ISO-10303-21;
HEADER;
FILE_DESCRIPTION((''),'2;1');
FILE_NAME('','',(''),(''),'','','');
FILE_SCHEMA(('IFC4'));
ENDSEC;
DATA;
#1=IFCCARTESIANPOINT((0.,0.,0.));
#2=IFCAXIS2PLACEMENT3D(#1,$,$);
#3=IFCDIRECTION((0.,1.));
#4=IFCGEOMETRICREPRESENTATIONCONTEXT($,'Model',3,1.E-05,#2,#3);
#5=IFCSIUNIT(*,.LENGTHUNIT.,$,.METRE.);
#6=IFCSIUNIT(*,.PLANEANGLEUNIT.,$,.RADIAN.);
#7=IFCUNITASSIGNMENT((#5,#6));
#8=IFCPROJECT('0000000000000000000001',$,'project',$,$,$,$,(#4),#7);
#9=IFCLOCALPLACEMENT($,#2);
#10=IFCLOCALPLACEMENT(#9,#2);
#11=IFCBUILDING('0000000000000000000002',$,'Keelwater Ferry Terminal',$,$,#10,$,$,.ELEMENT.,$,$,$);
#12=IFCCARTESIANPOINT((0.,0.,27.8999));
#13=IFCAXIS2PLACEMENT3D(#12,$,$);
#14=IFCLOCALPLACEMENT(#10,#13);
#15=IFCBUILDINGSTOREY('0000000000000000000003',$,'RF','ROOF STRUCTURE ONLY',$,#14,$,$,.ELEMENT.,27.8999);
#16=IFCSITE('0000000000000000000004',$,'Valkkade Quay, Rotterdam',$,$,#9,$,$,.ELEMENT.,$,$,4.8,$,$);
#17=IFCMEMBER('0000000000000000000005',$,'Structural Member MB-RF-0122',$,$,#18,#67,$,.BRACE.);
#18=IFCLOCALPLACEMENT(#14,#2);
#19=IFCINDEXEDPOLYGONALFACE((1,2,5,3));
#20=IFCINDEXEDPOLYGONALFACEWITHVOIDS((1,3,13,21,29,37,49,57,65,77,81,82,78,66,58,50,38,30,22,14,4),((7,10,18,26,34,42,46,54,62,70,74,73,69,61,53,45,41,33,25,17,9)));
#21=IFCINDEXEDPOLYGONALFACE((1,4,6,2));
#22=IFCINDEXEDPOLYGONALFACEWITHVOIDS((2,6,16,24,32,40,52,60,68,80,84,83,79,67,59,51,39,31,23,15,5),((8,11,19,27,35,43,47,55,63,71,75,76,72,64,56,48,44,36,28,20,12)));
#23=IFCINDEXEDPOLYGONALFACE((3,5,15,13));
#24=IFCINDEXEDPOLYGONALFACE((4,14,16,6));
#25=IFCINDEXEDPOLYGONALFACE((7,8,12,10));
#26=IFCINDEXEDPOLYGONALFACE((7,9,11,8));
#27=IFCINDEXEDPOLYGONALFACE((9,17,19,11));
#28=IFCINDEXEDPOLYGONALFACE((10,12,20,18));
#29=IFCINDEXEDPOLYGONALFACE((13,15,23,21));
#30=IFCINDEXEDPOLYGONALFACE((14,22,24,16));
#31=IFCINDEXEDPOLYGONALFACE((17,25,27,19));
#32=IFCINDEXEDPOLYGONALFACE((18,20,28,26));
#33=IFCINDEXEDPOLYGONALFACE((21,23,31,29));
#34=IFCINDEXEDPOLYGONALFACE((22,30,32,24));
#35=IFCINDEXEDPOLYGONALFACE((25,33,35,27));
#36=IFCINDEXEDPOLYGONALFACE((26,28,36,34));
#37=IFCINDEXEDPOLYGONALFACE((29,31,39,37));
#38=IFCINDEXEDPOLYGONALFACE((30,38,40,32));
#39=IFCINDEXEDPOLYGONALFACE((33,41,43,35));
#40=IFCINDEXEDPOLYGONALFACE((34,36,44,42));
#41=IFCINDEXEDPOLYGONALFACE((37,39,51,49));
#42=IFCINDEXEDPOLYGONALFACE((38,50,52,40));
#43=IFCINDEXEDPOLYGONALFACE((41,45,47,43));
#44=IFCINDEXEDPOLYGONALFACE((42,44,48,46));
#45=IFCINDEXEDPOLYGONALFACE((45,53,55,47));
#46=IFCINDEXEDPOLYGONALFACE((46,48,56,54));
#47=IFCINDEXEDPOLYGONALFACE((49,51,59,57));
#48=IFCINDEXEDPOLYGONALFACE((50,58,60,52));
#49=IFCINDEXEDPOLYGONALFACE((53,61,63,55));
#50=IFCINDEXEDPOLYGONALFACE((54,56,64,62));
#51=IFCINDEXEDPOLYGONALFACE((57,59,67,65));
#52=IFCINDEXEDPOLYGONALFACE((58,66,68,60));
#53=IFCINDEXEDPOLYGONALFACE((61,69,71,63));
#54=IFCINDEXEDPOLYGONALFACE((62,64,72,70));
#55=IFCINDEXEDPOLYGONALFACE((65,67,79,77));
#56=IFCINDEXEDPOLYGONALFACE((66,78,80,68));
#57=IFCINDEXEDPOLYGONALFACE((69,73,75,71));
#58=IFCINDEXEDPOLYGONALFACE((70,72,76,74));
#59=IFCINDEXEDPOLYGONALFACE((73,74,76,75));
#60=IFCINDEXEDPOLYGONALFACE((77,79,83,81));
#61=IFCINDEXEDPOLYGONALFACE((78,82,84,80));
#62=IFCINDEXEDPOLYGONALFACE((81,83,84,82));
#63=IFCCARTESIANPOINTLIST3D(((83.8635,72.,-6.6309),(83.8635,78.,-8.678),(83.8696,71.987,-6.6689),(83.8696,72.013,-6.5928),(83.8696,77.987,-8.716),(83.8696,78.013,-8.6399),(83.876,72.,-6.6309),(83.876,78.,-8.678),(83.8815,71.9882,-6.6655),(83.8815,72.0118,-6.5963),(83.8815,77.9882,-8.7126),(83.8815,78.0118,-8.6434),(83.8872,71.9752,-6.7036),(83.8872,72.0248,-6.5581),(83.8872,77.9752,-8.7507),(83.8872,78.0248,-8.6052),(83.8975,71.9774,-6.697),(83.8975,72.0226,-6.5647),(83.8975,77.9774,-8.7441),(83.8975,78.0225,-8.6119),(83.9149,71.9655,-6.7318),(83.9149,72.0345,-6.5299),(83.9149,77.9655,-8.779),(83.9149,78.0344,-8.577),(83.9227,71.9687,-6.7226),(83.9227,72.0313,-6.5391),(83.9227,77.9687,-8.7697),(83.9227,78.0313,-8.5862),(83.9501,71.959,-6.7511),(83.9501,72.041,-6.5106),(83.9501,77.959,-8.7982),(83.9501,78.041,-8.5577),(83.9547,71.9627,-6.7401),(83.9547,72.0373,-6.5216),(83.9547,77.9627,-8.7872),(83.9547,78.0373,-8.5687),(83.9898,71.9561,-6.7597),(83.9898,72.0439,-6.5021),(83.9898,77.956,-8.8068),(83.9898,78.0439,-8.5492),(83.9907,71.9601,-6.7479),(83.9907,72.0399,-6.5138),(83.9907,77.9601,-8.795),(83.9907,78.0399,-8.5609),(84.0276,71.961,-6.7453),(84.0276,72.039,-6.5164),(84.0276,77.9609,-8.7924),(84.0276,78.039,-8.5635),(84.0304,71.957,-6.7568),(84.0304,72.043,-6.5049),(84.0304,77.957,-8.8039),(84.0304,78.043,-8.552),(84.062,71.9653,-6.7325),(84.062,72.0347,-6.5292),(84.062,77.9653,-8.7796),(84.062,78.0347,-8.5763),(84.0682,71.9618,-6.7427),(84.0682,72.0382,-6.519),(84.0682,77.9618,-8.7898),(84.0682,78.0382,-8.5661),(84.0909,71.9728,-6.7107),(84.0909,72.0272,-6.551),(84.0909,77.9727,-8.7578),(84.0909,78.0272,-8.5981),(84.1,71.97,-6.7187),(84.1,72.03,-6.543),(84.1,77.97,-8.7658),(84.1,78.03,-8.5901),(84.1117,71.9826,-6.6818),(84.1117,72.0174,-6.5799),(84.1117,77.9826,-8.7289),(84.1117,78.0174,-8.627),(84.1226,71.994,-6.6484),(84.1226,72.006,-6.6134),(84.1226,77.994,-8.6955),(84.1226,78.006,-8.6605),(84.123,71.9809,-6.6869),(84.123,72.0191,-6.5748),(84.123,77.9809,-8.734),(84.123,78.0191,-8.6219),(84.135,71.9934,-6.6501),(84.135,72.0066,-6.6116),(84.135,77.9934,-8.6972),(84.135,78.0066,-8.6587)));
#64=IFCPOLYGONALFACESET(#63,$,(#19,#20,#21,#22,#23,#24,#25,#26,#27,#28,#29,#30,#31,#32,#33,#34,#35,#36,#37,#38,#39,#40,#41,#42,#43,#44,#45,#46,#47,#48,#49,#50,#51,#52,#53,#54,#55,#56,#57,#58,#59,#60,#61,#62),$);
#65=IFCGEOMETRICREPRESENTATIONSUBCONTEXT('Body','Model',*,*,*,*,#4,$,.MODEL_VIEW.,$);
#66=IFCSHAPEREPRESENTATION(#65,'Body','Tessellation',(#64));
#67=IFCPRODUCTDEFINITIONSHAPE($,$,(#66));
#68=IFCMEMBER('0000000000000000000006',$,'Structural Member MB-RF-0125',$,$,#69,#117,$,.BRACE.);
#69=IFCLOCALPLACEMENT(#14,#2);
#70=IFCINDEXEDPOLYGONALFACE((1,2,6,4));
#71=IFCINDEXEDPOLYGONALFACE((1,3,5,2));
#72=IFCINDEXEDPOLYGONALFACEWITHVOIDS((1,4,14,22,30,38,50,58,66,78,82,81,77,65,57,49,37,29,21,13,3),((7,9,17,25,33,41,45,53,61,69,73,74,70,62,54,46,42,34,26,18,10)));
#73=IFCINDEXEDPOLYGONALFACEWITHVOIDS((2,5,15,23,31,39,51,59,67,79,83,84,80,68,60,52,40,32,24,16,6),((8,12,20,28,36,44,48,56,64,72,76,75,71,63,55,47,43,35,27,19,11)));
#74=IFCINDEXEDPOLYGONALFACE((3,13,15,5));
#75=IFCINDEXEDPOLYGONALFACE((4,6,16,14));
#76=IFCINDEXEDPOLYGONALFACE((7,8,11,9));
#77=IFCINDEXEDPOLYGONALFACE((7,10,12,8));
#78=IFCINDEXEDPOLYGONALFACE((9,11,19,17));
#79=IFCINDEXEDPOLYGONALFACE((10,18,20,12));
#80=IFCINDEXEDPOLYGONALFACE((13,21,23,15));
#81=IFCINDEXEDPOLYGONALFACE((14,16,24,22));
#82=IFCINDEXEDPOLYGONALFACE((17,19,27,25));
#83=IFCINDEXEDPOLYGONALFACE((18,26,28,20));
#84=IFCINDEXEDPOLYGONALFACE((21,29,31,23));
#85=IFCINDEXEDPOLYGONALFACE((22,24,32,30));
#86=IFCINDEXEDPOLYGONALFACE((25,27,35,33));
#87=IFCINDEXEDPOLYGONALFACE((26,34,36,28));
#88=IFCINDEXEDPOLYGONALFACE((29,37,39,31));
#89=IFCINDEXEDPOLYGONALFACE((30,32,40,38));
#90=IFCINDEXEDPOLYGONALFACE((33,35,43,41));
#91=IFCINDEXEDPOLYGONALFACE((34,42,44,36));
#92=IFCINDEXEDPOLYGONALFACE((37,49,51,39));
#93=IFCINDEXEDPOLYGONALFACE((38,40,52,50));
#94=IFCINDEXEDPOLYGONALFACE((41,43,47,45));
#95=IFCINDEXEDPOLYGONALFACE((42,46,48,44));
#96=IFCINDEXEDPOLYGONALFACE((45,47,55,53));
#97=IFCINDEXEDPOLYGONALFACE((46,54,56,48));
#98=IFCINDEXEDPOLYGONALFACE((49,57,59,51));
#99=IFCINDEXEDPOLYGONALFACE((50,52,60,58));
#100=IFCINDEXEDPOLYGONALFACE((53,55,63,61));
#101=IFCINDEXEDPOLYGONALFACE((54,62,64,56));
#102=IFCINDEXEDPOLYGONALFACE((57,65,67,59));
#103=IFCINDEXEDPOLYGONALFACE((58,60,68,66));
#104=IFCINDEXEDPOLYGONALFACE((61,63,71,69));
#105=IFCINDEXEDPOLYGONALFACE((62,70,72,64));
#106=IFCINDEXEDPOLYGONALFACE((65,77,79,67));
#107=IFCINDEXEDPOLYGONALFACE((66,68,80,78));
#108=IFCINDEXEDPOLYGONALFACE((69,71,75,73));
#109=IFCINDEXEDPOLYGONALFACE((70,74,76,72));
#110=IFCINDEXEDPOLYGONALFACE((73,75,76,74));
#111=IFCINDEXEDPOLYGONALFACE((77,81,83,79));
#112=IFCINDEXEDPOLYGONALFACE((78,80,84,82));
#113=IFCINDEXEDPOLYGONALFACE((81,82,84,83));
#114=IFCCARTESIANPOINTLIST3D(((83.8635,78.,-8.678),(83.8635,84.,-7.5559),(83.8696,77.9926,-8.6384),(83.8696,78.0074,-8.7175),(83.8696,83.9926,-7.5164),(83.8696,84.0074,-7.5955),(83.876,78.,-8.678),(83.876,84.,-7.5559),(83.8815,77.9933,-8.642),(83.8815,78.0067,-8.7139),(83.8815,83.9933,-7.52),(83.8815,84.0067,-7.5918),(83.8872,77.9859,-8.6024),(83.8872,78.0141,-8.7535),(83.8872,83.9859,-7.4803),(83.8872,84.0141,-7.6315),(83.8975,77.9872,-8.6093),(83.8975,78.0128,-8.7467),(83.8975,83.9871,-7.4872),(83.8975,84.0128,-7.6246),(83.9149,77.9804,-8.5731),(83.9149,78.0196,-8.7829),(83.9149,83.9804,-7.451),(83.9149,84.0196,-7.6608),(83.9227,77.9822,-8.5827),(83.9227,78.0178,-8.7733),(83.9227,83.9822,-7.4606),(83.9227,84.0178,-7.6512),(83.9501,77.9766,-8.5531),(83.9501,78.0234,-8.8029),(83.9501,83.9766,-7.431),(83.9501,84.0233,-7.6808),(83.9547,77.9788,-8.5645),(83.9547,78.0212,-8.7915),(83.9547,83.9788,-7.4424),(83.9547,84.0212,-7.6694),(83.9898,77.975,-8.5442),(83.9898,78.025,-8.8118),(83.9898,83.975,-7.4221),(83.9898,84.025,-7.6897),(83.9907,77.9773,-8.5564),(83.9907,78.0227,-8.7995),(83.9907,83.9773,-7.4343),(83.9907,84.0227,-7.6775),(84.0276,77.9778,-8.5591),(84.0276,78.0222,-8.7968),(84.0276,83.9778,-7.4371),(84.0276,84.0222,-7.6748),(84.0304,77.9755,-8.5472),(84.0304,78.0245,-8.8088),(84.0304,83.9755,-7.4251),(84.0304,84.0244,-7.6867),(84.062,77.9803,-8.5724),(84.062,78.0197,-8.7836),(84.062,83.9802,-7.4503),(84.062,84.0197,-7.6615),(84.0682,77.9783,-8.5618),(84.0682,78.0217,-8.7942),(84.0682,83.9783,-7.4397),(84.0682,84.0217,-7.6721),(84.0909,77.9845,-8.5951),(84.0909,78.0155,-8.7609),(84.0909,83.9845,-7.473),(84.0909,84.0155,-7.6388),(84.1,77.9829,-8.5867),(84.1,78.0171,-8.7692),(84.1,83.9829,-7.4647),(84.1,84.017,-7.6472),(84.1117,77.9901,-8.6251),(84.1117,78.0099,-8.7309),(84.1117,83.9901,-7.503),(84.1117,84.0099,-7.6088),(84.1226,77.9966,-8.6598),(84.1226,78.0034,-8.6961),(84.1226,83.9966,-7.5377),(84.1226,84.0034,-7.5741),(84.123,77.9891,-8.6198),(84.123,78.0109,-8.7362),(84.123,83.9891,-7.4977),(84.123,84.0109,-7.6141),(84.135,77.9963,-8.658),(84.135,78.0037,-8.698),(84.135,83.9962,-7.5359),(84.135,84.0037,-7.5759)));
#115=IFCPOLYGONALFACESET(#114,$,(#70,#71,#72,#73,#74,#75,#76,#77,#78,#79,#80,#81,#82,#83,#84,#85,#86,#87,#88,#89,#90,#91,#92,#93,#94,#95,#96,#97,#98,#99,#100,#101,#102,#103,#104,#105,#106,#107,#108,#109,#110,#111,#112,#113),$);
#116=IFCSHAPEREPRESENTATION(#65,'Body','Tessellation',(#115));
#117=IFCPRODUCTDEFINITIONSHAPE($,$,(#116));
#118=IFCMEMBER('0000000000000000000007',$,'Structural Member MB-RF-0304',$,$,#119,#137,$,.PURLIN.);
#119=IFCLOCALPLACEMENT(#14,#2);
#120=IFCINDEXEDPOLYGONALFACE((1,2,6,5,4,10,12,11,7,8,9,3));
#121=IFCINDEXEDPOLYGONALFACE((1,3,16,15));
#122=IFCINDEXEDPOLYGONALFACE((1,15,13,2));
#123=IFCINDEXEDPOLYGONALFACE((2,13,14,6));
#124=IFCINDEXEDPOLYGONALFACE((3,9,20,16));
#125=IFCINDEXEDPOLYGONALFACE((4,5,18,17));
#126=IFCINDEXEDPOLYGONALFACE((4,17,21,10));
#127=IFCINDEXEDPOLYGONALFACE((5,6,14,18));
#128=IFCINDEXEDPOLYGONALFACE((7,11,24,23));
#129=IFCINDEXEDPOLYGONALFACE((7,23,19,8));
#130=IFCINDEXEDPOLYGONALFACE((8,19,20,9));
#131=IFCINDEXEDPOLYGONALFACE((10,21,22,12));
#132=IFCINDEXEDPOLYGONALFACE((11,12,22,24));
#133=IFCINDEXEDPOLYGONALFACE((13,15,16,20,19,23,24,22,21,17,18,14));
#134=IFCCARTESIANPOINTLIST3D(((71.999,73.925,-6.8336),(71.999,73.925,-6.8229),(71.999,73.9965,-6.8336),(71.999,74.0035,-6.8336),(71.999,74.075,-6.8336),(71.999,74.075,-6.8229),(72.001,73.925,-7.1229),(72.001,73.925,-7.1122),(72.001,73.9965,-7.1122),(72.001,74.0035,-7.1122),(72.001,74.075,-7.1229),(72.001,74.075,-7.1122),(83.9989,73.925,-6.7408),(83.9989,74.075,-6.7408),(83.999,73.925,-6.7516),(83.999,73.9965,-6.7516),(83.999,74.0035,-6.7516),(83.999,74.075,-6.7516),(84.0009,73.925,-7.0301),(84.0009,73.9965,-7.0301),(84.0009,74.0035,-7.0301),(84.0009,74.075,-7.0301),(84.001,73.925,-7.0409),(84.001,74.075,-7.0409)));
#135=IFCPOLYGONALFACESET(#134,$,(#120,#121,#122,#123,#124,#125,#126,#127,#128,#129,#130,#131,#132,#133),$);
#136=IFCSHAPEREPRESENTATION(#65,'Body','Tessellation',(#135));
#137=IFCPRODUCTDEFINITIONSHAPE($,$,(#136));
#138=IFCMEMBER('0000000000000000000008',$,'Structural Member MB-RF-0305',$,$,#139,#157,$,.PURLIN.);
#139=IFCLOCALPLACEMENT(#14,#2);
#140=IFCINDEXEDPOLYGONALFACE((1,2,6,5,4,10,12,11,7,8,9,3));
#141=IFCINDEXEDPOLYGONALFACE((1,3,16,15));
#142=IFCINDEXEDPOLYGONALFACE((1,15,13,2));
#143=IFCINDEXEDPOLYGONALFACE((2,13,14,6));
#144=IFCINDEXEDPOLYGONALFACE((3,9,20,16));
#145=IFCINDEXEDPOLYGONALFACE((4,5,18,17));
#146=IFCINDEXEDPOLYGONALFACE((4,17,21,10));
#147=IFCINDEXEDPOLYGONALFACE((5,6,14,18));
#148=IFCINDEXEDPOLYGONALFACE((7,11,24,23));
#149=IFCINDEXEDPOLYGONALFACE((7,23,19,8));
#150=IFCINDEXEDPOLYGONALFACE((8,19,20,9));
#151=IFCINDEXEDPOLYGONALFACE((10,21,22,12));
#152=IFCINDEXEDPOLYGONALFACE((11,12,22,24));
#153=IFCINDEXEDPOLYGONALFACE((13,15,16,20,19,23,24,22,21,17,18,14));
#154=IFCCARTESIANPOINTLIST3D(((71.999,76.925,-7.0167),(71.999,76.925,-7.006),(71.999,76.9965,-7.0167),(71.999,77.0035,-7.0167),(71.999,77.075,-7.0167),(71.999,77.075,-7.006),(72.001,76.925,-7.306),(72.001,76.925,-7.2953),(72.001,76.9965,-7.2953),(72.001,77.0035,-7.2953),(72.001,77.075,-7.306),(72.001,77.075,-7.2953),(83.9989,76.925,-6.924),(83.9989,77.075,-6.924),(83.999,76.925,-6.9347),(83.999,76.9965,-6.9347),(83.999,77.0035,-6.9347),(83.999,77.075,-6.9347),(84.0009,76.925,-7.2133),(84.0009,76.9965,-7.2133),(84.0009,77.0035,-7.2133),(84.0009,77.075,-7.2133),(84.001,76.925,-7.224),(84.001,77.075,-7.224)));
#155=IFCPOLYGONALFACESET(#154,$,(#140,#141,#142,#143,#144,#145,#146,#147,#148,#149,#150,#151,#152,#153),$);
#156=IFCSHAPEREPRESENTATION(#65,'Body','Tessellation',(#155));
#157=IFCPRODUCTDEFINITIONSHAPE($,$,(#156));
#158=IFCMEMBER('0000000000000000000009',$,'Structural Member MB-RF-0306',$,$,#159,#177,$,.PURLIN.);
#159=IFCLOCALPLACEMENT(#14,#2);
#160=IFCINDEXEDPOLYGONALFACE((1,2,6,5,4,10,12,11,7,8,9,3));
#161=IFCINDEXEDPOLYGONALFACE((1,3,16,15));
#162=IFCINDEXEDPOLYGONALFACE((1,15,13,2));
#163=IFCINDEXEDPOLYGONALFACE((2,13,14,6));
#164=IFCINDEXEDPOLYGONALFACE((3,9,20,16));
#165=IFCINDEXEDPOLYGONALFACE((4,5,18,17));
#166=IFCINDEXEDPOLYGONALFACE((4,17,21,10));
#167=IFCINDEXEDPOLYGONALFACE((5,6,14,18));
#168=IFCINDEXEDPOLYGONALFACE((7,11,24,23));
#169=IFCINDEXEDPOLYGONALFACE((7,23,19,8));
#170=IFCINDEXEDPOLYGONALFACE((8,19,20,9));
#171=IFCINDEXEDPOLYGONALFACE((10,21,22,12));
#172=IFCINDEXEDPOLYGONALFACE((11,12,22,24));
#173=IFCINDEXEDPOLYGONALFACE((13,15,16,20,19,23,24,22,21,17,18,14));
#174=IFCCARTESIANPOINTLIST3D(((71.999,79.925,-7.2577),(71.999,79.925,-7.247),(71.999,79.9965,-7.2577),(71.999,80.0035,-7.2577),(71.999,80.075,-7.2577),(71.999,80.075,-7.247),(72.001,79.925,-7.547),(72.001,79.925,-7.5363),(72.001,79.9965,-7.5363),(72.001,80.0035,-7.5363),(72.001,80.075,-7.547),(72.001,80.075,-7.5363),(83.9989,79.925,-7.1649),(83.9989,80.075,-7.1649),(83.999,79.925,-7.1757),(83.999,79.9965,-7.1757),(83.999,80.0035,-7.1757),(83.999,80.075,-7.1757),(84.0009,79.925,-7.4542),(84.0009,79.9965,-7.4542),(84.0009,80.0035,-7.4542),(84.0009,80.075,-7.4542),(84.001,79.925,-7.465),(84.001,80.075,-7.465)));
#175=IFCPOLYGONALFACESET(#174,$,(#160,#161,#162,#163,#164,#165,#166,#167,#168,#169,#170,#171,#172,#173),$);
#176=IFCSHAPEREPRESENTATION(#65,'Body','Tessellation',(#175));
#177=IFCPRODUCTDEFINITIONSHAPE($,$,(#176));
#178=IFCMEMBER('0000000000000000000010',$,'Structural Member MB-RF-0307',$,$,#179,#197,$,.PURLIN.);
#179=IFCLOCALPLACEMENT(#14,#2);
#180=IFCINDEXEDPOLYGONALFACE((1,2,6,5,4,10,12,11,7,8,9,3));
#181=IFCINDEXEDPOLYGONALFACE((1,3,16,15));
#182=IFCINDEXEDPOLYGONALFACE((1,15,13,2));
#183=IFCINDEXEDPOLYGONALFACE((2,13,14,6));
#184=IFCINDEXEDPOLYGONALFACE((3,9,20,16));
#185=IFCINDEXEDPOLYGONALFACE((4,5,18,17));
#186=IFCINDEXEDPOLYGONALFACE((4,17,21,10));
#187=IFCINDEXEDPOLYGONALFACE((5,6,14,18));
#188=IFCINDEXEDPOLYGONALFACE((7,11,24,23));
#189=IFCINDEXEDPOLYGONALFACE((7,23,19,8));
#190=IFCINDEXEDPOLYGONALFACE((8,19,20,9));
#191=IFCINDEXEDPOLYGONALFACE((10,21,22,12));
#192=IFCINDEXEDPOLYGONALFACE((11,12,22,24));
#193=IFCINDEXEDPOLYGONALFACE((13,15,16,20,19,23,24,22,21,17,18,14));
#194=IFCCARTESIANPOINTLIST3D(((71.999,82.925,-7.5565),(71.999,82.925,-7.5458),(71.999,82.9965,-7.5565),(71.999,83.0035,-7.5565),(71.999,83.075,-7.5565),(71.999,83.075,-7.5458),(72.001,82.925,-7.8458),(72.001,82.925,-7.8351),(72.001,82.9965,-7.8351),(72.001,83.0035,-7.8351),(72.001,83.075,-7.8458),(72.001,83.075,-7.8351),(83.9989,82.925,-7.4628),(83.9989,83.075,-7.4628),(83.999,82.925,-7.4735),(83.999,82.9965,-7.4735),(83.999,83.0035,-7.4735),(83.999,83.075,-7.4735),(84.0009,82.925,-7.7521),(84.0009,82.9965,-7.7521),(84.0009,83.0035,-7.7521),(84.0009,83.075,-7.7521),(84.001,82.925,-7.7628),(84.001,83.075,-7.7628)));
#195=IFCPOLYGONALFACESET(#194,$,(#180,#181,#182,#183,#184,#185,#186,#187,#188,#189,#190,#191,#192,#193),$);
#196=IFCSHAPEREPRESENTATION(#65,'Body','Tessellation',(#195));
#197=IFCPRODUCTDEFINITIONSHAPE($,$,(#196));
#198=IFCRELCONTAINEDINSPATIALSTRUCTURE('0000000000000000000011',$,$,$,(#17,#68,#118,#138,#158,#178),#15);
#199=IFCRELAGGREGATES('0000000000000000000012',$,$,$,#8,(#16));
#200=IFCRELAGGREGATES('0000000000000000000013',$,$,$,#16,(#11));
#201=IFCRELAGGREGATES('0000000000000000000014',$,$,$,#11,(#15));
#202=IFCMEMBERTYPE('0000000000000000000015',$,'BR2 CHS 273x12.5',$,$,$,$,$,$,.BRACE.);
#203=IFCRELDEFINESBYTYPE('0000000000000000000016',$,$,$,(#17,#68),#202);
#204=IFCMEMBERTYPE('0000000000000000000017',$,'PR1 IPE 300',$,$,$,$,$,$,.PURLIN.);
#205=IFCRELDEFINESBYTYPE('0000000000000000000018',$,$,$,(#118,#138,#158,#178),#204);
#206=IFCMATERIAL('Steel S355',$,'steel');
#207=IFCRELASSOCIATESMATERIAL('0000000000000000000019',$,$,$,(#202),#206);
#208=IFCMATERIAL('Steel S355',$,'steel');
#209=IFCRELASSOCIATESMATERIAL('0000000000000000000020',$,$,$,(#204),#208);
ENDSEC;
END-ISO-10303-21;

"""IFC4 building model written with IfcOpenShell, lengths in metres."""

from ifc_helpers import new_model, si_unit, direction, frame, origin, origin_2d, place, context, subcontext, project, spatial, hollow_circle, i_section, extrude, material, material_profile, profile_set, type_object, element, save


model = new_model("IFC4")

# Units and contexts
model_context = context("Model", 3, precision=1e-05, world=origin(), true_north=direction((0.0, 1.0)))
body_context = subcontext(model_context, "Body", "Model", "MODEL_VIEW")
ifc_project = project(units=[si_unit("LENGTHUNIT", "METRE"), si_unit("PLANEANGLEUNIT", "RADIAN")], contexts=[model_context])

# Site, building, storey
site_placement = place(None, origin())
site = spatial("IfcSite", under=ifc_project, at=site_placement, Name="Valkkade Quay, Rotterdam", CompositionType="ELEMENT", RefElevation=4.8)
building_placement = place(site_placement, origin())
building = spatial("IfcBuilding", under=site, at=building_placement, Name="Keelwater Ferry Terminal", CompositionType="ELEMENT")
storey_placement = place(building_placement, frame((0.0, 0.0, 27.8999)))
storey = spatial("IfcBuildingStorey", under=building, at=storey_placement, Name="RF", Description="ROOF STRUCTURE ONLY", CompositionType="ELEMENT", Elevation=27.8999)

# Members
ifc_material_1 = material(Name="Steel S355", Category="steel")
ifc_material_profile_1 = material_profile(ifc_material_1, hollow_circle(Radius=0.1365, WallThickness=0.0125, at=origin_2d()), Name="CHS 273x12.5")
ifc_profile_set_1 = profile_set([ifc_material_profile_1], Name="Steel S355")
member_type_1 = type_object("IfcMemberType", Name="BR2 CHS 273x12.5", PredefinedType="BRACE", material=ifc_profile_set_1)
member_1_placement = place(storey_placement, frame((84.0, 72.0, -6.6309), z_axis=(0.0, 0.94643, -0.322909), x_axis=(-1.0, 0.0, 0.0)))
element("IfcMember", 1, at=member_1_placement, inside=storey, type_object=member_type_1, Name="Structural Member MB-RF-0122", PredefinedType="BRACE", context=body_context, shape_type="SweptSolid", body=[
    extrude(hollow_circle(Radius=0.1365, WallThickness=0.0125, at=origin_2d()), origin(), (0.0, 0.0, 1.0), 6.3396),
])
member_2_placement = place(storey_placement, frame((84.0, 78.0, -8.678), z_axis=(0.0, 0.982959, 0.183825), x_axis=(-1.0, 0.0, 0.0)))
element("IfcMember", 2, at=member_2_placement, inside=storey, type_object=member_type_1, Name="Structural Member MB-RF-0125", PredefinedType="BRACE", context=body_context, shape_type="SweptSolid", body=[
    extrude(hollow_circle(Radius=0.1365, WallThickness=0.0125, at=origin_2d()), origin(), (0.0, 0.0, 1.0), 6.104),
])
ifc_material_2 = material(Name="Steel S355", Category="steel")
ifc_material_profile_2 = material_profile(ifc_material_2, i_section(OverallWidth=0.1499, OverallDepth=0.3, WebThickness=0.0071, FlangeThickness=0.0107, at=origin_2d()), Name="IPE 300")
ifc_profile_set_2 = profile_set([ifc_material_profile_2], Name="Steel S355")
member_type_2 = type_object("IfcMemberType", Name="PR1 IPE 300", PredefinedType="PURLIN", material=ifc_profile_set_2)
for number, where, z_axis, x_axis, name in (
    (3, (72.0, 74.0, -6.9729), (0.999977, 0.0, 0.006836), (0.0, 1.0, 0.0), "Structural Member MB-RF-0304"),
    (4, (72.0, 77.0, -7.156), (0.999977, 0.0, 0.006836), (0.0, 1.0, 0.0), "Structural Member MB-RF-0305"),
    (5, (72.0, 80.0, -7.397), (0.999977, 0.0, 0.006836), (0.0, 1.0, 0.0), "Structural Member MB-RF-0306"),
    (6, (72.0, 83.0, -7.6958), (0.999976, 0.0, 0.006917), (0.0, 1.0, 0.0), "Structural Member MB-RF-0307"),
):
    element("IfcMember", number, at=place(storey_placement, frame(where, z_axis=z_axis, x_axis=x_axis)), inside=storey, type_object=member_type_2, Name=name, PredefinedType="PURLIN", context=body_context, shape_type="SweptSolid", body=[
        extrude(i_section(OverallWidth=0.1499, OverallDepth=0.3, WebThickness=0.0071, FlangeThickness=0.0107, at=origin_2d()), origin(), (0.0, 0.0, 1.0), 12.0002),
    ])

save(model, "model.ifc")
